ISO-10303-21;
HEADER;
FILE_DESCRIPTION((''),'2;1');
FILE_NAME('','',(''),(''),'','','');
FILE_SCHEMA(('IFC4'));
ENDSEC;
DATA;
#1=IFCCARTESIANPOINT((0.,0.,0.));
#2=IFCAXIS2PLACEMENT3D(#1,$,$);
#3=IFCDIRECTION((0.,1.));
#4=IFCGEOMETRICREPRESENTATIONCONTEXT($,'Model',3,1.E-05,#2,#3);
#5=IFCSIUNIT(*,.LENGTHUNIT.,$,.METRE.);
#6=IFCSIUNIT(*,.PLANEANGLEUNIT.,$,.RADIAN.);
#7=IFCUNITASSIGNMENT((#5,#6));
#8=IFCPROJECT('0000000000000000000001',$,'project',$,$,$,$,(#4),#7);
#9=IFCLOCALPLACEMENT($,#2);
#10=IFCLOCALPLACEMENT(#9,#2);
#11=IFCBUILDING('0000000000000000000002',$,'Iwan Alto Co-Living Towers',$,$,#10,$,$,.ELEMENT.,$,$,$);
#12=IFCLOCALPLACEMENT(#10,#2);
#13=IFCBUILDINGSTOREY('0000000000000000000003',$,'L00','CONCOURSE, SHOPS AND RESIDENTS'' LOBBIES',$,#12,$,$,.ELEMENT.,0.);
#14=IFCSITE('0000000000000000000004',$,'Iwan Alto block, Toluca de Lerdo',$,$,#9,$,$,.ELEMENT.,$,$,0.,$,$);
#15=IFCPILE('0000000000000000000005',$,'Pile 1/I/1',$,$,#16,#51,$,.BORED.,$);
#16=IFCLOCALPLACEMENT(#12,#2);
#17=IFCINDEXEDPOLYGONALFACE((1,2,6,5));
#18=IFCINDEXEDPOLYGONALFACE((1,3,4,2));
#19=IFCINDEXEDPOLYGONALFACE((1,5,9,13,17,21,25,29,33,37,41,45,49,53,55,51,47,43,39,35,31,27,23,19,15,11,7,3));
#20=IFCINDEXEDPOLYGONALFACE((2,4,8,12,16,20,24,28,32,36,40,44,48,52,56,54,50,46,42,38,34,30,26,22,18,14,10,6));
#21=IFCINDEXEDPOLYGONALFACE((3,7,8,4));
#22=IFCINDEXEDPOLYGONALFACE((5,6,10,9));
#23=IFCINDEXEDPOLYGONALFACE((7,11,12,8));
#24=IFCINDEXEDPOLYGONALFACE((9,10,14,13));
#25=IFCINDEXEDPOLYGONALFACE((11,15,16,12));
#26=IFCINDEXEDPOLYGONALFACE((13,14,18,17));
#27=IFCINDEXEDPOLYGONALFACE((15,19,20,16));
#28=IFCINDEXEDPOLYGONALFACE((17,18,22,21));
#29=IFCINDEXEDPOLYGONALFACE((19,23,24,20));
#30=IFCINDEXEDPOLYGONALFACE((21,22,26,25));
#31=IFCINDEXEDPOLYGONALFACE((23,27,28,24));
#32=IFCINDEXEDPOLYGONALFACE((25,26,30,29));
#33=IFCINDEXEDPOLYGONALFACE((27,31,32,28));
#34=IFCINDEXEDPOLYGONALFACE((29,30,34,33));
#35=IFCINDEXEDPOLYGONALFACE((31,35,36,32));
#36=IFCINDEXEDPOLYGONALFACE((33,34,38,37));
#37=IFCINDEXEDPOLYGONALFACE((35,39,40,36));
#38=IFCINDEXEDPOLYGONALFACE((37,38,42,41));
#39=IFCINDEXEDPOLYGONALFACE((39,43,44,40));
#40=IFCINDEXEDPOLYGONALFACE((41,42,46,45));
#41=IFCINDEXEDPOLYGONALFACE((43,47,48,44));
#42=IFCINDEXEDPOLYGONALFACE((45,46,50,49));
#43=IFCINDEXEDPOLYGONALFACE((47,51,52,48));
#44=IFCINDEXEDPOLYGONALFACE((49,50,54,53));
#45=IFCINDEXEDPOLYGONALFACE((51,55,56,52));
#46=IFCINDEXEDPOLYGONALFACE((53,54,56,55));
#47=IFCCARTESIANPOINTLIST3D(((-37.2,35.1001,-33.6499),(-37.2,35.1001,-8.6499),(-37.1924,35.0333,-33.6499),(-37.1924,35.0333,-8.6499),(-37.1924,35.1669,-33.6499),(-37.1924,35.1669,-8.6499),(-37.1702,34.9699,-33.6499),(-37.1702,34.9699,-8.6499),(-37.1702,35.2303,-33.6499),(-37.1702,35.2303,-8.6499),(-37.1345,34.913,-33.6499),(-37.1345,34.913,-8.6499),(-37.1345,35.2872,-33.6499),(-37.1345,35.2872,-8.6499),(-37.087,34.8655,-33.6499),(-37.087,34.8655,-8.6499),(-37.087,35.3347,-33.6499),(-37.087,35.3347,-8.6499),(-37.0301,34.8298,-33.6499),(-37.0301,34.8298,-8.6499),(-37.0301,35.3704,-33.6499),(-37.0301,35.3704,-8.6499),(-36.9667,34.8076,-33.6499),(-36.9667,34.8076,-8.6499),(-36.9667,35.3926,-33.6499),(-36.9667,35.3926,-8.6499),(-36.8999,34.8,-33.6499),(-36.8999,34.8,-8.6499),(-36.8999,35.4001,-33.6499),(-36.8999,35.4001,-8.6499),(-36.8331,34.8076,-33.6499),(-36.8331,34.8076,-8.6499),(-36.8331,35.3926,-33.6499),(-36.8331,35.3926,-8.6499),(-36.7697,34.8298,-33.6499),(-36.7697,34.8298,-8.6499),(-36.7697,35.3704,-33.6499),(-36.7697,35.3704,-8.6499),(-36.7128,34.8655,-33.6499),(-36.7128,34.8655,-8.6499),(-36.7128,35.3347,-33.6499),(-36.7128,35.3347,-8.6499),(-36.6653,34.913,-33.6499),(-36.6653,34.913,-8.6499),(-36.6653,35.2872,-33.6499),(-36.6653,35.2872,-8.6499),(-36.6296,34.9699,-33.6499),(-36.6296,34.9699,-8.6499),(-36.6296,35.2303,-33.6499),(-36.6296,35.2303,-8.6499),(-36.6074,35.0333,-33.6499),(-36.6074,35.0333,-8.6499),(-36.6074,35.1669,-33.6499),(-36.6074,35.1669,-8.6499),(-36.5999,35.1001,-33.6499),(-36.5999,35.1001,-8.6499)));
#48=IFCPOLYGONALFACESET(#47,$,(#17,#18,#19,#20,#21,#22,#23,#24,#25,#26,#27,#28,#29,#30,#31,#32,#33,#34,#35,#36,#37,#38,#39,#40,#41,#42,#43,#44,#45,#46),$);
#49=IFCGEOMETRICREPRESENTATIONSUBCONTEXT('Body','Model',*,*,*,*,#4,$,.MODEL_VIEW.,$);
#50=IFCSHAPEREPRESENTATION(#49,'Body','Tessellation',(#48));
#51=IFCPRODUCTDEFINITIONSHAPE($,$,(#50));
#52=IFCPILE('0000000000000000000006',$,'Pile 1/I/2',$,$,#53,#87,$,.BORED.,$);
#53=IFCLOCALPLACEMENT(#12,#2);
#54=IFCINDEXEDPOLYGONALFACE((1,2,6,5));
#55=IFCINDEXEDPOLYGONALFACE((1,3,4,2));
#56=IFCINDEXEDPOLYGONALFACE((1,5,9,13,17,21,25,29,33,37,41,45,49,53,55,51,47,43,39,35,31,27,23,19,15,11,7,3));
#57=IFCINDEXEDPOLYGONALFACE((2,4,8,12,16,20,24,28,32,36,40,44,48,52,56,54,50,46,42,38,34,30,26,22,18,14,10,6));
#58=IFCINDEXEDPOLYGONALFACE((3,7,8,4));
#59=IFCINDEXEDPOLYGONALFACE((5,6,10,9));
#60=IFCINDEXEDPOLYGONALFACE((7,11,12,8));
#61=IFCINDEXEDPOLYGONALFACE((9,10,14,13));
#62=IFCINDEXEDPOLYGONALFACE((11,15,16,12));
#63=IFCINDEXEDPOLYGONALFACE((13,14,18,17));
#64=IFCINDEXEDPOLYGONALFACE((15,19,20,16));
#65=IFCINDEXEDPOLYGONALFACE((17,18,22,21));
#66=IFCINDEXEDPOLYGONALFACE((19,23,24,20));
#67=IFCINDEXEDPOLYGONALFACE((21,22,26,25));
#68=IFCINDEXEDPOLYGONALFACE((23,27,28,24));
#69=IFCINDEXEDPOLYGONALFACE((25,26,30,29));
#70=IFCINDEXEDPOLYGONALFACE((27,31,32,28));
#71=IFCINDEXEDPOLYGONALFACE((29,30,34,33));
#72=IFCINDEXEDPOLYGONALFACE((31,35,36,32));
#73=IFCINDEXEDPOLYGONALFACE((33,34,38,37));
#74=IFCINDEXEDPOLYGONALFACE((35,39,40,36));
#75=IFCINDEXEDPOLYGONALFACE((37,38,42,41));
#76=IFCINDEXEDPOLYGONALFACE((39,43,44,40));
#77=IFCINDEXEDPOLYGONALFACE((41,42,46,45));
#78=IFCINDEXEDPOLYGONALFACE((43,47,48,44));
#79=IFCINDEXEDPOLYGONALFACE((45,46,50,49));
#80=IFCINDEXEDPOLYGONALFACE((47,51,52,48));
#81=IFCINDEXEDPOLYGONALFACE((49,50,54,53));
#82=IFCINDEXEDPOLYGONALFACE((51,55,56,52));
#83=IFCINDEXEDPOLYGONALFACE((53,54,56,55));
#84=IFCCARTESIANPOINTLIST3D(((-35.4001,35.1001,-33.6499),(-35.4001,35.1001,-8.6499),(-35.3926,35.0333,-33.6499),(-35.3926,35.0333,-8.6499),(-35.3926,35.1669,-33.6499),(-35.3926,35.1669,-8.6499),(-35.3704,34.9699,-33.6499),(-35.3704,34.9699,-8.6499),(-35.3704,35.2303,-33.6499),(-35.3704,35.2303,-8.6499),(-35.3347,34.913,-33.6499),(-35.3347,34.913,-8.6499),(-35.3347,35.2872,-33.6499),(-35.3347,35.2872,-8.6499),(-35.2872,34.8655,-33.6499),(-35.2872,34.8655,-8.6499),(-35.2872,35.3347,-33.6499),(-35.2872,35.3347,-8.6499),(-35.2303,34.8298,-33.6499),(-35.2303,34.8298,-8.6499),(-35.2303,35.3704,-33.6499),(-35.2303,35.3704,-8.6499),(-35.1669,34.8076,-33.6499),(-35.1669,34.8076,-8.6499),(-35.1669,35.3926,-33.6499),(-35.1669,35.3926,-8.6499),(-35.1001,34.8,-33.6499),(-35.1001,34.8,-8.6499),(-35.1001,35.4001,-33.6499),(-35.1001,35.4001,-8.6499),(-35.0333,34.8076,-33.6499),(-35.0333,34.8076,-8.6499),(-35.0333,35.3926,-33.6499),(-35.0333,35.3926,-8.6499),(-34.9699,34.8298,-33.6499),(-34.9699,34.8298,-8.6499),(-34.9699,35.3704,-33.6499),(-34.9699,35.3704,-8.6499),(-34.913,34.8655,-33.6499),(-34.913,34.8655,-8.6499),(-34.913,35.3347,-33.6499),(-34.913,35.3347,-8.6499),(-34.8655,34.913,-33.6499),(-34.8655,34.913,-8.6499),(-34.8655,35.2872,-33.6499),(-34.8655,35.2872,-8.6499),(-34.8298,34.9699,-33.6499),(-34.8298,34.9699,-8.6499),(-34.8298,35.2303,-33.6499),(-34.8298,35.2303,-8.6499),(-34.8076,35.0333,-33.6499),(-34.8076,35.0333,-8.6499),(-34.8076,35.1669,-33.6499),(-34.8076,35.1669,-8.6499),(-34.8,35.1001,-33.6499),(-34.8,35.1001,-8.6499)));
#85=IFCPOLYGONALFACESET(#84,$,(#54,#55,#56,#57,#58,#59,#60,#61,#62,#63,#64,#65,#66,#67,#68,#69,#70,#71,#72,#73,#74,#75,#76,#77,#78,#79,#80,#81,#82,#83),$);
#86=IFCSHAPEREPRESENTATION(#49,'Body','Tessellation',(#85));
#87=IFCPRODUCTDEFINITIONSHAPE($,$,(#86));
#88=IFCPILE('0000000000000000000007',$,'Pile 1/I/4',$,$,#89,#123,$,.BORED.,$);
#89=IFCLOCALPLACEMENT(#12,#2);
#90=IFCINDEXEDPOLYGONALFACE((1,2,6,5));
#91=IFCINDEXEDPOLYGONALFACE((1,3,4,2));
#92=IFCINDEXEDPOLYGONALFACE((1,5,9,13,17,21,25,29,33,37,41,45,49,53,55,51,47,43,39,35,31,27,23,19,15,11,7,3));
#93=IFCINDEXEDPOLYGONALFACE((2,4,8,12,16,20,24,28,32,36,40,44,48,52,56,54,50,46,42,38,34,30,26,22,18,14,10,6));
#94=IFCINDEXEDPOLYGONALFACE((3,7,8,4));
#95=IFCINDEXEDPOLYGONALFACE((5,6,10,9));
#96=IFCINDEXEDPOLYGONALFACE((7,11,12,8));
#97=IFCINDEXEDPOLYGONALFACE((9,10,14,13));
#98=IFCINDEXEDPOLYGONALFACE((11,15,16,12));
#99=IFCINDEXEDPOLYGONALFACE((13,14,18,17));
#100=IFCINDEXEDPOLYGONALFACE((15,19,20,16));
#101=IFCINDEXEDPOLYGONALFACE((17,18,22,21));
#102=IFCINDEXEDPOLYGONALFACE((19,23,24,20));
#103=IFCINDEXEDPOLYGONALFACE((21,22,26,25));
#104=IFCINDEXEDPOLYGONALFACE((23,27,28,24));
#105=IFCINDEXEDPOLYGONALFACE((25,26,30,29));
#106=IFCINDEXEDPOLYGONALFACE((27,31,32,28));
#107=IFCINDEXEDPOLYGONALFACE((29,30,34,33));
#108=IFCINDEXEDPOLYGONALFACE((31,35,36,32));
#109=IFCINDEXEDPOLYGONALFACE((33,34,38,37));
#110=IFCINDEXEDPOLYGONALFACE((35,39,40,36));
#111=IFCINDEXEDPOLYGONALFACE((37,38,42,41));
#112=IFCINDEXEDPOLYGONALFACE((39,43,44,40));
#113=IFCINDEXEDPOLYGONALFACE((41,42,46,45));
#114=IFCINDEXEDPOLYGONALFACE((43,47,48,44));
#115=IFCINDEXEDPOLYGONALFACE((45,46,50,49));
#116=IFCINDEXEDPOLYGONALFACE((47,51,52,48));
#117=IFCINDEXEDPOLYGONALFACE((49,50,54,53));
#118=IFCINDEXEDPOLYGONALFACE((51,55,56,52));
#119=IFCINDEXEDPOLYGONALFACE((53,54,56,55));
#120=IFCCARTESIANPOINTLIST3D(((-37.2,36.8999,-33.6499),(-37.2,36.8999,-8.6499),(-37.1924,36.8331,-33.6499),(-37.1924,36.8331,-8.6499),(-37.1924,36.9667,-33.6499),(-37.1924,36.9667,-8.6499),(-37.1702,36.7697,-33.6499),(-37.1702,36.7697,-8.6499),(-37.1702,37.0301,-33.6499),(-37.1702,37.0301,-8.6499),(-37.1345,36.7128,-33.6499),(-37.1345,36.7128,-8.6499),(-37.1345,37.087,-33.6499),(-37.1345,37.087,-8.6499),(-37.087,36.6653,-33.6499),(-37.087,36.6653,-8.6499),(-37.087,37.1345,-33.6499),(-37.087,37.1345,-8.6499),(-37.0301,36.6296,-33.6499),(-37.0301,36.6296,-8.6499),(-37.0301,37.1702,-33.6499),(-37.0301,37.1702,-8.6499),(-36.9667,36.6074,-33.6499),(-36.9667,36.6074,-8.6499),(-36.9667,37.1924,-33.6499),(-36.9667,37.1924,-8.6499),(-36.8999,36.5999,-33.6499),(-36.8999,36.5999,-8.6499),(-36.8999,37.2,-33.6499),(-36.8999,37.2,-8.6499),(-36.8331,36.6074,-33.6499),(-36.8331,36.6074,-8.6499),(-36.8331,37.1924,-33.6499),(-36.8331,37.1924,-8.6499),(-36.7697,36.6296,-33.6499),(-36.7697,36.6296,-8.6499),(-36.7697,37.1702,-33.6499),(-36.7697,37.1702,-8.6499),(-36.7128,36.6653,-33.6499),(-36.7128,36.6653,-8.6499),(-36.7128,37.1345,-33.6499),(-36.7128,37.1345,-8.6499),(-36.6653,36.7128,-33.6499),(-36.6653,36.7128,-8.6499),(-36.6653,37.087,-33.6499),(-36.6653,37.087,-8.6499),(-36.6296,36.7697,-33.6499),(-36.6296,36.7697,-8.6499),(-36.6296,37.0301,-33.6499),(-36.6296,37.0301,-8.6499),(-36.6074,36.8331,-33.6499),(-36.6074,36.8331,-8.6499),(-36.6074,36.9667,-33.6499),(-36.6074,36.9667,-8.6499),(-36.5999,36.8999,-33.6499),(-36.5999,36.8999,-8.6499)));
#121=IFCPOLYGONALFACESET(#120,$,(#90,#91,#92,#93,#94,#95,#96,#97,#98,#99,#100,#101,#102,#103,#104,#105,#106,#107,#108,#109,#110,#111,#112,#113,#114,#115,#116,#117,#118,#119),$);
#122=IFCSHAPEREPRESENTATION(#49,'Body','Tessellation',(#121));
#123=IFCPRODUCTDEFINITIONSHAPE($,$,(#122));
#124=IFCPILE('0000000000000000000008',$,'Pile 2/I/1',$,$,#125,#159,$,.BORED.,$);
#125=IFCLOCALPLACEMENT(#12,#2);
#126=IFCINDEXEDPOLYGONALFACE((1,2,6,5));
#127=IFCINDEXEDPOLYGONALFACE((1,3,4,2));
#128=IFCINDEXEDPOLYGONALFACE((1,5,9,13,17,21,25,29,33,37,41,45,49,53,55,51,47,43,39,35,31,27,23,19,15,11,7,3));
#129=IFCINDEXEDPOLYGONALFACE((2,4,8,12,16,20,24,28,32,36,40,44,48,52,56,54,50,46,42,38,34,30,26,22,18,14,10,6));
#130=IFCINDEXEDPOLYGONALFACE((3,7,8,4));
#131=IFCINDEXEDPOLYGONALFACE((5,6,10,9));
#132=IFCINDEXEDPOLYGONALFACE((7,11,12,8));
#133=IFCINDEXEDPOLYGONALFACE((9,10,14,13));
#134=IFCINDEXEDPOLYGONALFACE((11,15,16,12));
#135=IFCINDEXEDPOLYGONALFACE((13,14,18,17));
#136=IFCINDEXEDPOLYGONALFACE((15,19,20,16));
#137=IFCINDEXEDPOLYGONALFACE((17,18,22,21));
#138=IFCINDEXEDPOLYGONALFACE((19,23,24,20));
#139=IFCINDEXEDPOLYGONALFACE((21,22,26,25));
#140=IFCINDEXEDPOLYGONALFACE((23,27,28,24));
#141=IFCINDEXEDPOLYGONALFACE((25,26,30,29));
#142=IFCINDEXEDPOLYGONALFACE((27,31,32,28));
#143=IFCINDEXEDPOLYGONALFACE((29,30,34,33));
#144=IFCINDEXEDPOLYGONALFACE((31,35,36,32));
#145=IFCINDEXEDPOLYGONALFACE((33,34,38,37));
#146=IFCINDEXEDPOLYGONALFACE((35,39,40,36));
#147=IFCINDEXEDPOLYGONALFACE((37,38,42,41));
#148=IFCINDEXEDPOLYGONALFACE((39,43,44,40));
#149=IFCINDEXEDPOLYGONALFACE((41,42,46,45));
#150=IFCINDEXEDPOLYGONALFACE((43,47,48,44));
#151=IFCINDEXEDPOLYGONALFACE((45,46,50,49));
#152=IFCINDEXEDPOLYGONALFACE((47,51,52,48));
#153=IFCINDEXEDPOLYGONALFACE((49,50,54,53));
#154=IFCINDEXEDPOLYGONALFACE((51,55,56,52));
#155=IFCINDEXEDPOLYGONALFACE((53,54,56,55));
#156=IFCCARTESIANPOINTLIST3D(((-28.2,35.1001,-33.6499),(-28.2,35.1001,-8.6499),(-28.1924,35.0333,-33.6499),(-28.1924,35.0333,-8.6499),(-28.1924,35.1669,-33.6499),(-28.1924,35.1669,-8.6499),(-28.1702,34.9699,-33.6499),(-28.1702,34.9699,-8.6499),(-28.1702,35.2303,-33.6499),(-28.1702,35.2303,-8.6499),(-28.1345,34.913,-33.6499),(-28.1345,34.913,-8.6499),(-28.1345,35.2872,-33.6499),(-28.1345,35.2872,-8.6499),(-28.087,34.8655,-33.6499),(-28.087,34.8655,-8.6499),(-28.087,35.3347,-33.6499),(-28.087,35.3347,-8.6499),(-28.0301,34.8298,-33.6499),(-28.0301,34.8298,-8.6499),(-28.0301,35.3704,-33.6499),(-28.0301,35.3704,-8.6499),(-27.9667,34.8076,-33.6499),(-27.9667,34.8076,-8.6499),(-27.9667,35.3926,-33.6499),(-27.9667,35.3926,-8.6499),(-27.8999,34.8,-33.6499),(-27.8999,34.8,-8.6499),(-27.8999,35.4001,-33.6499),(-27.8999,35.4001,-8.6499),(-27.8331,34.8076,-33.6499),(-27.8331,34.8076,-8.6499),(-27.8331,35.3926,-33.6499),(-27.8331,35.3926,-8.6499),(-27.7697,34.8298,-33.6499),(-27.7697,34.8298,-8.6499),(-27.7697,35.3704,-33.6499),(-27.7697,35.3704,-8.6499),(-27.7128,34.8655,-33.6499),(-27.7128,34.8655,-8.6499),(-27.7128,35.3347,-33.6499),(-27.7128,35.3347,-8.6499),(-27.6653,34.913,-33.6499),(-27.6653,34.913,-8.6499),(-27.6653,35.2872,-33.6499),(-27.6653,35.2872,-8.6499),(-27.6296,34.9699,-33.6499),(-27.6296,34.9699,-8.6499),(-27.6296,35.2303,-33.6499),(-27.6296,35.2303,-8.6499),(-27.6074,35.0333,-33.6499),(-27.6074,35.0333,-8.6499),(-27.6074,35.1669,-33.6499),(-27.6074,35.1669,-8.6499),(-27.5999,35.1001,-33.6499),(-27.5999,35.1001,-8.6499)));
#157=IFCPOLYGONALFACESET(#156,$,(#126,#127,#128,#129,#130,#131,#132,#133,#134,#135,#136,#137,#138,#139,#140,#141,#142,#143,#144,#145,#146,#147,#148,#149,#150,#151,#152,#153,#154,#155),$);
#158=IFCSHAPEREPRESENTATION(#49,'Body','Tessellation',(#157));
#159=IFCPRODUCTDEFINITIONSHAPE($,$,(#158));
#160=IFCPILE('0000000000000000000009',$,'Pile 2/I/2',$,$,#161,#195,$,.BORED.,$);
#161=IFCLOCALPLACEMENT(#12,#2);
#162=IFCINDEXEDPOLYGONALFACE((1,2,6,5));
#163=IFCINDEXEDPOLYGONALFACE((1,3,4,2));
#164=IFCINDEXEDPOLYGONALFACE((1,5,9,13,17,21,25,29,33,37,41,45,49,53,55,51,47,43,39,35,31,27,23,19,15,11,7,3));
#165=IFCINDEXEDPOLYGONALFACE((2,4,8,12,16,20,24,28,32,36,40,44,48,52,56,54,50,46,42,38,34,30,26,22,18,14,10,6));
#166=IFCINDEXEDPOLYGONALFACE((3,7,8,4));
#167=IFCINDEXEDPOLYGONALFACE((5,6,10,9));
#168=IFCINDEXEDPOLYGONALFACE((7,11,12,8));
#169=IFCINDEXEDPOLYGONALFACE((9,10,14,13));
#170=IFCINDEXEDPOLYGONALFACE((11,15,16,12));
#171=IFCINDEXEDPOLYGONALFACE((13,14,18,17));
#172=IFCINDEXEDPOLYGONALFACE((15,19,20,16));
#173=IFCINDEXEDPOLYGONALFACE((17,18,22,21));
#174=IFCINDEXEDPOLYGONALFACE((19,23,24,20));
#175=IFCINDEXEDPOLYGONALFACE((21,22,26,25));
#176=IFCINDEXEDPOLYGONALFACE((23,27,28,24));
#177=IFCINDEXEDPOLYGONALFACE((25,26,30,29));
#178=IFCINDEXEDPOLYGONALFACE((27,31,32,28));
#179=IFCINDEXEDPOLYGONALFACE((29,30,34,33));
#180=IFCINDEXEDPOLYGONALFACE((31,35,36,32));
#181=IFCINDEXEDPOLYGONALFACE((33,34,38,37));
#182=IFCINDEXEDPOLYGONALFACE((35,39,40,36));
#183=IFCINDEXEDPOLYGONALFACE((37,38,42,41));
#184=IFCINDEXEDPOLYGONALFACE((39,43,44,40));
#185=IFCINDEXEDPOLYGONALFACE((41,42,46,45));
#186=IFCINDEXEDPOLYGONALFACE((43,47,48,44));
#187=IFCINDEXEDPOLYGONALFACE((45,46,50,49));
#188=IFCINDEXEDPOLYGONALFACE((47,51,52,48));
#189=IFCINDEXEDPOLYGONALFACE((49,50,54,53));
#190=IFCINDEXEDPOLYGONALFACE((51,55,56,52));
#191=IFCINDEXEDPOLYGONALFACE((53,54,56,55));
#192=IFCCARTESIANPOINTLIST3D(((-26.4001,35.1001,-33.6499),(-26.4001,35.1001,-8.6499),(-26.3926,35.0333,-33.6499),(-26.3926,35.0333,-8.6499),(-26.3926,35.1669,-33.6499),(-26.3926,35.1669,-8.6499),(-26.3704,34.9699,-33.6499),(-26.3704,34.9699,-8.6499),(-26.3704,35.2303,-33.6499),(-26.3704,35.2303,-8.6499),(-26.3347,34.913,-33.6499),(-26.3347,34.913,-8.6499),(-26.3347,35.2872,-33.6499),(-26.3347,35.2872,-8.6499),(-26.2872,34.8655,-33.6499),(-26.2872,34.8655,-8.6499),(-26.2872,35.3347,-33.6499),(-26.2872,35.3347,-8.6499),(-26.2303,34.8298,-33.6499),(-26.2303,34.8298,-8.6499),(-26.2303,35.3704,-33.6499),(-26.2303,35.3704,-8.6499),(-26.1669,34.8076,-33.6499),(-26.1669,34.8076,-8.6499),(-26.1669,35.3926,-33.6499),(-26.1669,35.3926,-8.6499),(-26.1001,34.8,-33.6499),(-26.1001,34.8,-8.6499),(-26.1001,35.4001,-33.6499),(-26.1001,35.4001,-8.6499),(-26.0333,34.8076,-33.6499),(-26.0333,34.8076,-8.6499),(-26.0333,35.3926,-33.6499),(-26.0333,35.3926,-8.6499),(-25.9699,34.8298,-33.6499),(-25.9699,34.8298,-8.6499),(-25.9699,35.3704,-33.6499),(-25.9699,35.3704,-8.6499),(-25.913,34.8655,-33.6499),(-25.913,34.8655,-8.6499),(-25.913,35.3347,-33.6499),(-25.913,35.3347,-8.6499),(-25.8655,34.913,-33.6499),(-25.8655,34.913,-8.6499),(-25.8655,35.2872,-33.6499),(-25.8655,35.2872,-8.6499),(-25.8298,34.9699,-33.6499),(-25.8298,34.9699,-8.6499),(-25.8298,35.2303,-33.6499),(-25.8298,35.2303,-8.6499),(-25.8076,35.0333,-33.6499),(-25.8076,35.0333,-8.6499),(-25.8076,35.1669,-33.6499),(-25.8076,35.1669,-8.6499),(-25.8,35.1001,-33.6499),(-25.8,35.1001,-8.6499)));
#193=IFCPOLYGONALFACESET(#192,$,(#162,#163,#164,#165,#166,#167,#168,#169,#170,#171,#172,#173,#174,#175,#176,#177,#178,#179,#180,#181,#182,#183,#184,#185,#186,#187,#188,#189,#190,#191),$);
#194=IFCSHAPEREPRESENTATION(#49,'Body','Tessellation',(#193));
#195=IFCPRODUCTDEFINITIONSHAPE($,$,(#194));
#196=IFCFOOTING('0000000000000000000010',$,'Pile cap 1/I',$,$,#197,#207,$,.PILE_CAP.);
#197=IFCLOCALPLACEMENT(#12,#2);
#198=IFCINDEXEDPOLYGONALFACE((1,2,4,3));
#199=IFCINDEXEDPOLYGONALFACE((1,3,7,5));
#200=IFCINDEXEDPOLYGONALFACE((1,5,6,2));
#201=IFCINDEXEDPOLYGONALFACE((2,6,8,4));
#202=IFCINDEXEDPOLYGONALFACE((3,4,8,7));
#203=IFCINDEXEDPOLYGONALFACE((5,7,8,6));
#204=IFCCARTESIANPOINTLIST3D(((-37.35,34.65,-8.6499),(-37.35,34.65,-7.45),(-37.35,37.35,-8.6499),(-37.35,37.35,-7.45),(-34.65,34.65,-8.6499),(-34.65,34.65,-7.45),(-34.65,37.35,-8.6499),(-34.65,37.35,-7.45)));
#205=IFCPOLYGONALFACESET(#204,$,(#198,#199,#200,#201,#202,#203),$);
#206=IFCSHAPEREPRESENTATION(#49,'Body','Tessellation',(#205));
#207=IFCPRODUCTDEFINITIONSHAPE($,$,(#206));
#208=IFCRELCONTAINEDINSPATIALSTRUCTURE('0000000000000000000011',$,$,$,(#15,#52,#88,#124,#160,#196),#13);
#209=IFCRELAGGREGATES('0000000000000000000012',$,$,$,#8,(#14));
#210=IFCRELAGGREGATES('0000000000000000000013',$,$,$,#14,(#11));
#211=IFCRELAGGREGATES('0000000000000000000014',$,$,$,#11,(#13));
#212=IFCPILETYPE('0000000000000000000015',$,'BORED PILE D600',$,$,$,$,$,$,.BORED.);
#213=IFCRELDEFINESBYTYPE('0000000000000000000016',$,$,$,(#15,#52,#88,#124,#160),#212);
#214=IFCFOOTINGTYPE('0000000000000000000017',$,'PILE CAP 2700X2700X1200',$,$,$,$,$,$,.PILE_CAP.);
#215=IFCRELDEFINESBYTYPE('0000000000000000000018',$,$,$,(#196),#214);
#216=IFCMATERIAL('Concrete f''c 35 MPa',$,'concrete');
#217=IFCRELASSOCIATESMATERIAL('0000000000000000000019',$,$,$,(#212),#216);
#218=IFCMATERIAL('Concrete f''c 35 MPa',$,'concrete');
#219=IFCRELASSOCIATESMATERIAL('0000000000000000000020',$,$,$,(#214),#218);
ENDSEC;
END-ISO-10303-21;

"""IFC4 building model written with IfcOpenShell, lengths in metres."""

from ifc_helpers import new_model, si_unit, direction, frame, origin, origin_2d, place, context, subcontext, project, spatial, rectangle, circle, extrude, material, material_profile, profile_set, type_object, element, save


model = new_model("IFC4")

# Units and contexts
model_context = context("Model", 3, precision=1e-05, world=origin(), true_north=direction((0.0, 1.0)))
body_context = subcontext(model_context, "Body", "Model", "MODEL_VIEW")
ifc_project = project(units=[si_unit("LENGTHUNIT", "METRE"), si_unit("PLANEANGLEUNIT", "RADIAN")], contexts=[model_context])

# Site, building, storey
site_placement = place(None, origin())
site = spatial("IfcSite", under=ifc_project, at=site_placement, Name="Iwan Alto block, Toluca de Lerdo", CompositionType="ELEMENT", RefElevation=0.0)
building_placement = place(site_placement, origin())
building = spatial("IfcBuilding", under=site, at=building_placement, Name="Iwan Alto Co-Living Towers", CompositionType="ELEMENT")
storey_placement = place(building_placement, origin())
storey = spatial("IfcBuildingStorey", under=building, at=storey_placement, Name="L00", Description="CONCOURSE, SHOPS AND RESIDENTS' LOBBIES", CompositionType="ELEMENT", Elevation=0.0)

# Piles
ifc_material_1 = material(Name="Concrete f'c 35 MPa", Category="concrete")
ifc_material_profile_1 = material_profile(ifc_material_1, circle(Radius=0.3, at=origin_2d()), Name="D600")
ifc_profile_set_1 = profile_set([ifc_material_profile_1], Name="Concrete f'c 35 MPa")
pile_type_1 = type_object("IfcPileType", Name="BORED PILE D600", PredefinedType="BORED", material=ifc_profile_set_1)
for number, where, z_axis, x_axis, name in (
    (1, (-36.8999, 35.1001, -8.6499), (0.0, 0.0, -1.0), (1.0, 0.0, 0.0), "Pile 1/I/1"),
    (2, (-35.1001, 35.1001, -8.6499), (0.0, 0.0, -1.0), (1.0, 0.0, 0.0), "Pile 1/I/2"),
    (3, (-36.8999, 36.8999, -8.6499), (0.0, 0.0, -1.0), (1.0, 0.0, 0.0), "Pile 1/I/4"),
    (4, (-27.8999, 35.1001, -8.6499), (0.0, 0.0, -1.0), (1.0, 0.0, 0.0), "Pile 2/I/1"),
    (5, (-26.1001, 35.1001, -8.6499), (0.0, 0.0, -1.0), (1.0, 0.0, 0.0), "Pile 2/I/2"),
):
    element("IfcPile", number, at=place(storey_placement, frame(where, z_axis=z_axis, x_axis=x_axis)), inside=storey, type_object=pile_type_1, Name=name, PredefinedType="BORED", context=body_context, shape_type="SweptSolid", body=[
        extrude(circle(Radius=0.3, at=origin_2d()), origin(), (0.0, 0.0, 1.0), 25.0),
    ])

# Footing
ifc_material_2 = material(Name="Concrete f'c 35 MPa", Category="concrete")
footing_type = type_object("IfcFootingType", Name="PILE CAP 2700X2700X1200", PredefinedType="PILE_CAP", material=ifc_material_2)
for number, where, z_axis, x_axis, name in (
    (6, (-36.0, 36.0, -8.6499), (0.0, 0.0, 1.0), (1.0, 0.0, 0.0), "Pile cap 1/I"),
):
    element("IfcFooting", number, at=place(storey_placement, frame(where, z_axis=z_axis, x_axis=x_axis)), inside=storey, type_object=footing_type, Name=name, PredefinedType="PILE_CAP", context=body_context, shape_type="SweptSolid", body=[
        extrude(rectangle(XDim=2.7, YDim=2.7, at=origin_2d()), origin(), (0.0, 0.0, 1.0), 1.2),
    ])

save(model, "model.ifc")
